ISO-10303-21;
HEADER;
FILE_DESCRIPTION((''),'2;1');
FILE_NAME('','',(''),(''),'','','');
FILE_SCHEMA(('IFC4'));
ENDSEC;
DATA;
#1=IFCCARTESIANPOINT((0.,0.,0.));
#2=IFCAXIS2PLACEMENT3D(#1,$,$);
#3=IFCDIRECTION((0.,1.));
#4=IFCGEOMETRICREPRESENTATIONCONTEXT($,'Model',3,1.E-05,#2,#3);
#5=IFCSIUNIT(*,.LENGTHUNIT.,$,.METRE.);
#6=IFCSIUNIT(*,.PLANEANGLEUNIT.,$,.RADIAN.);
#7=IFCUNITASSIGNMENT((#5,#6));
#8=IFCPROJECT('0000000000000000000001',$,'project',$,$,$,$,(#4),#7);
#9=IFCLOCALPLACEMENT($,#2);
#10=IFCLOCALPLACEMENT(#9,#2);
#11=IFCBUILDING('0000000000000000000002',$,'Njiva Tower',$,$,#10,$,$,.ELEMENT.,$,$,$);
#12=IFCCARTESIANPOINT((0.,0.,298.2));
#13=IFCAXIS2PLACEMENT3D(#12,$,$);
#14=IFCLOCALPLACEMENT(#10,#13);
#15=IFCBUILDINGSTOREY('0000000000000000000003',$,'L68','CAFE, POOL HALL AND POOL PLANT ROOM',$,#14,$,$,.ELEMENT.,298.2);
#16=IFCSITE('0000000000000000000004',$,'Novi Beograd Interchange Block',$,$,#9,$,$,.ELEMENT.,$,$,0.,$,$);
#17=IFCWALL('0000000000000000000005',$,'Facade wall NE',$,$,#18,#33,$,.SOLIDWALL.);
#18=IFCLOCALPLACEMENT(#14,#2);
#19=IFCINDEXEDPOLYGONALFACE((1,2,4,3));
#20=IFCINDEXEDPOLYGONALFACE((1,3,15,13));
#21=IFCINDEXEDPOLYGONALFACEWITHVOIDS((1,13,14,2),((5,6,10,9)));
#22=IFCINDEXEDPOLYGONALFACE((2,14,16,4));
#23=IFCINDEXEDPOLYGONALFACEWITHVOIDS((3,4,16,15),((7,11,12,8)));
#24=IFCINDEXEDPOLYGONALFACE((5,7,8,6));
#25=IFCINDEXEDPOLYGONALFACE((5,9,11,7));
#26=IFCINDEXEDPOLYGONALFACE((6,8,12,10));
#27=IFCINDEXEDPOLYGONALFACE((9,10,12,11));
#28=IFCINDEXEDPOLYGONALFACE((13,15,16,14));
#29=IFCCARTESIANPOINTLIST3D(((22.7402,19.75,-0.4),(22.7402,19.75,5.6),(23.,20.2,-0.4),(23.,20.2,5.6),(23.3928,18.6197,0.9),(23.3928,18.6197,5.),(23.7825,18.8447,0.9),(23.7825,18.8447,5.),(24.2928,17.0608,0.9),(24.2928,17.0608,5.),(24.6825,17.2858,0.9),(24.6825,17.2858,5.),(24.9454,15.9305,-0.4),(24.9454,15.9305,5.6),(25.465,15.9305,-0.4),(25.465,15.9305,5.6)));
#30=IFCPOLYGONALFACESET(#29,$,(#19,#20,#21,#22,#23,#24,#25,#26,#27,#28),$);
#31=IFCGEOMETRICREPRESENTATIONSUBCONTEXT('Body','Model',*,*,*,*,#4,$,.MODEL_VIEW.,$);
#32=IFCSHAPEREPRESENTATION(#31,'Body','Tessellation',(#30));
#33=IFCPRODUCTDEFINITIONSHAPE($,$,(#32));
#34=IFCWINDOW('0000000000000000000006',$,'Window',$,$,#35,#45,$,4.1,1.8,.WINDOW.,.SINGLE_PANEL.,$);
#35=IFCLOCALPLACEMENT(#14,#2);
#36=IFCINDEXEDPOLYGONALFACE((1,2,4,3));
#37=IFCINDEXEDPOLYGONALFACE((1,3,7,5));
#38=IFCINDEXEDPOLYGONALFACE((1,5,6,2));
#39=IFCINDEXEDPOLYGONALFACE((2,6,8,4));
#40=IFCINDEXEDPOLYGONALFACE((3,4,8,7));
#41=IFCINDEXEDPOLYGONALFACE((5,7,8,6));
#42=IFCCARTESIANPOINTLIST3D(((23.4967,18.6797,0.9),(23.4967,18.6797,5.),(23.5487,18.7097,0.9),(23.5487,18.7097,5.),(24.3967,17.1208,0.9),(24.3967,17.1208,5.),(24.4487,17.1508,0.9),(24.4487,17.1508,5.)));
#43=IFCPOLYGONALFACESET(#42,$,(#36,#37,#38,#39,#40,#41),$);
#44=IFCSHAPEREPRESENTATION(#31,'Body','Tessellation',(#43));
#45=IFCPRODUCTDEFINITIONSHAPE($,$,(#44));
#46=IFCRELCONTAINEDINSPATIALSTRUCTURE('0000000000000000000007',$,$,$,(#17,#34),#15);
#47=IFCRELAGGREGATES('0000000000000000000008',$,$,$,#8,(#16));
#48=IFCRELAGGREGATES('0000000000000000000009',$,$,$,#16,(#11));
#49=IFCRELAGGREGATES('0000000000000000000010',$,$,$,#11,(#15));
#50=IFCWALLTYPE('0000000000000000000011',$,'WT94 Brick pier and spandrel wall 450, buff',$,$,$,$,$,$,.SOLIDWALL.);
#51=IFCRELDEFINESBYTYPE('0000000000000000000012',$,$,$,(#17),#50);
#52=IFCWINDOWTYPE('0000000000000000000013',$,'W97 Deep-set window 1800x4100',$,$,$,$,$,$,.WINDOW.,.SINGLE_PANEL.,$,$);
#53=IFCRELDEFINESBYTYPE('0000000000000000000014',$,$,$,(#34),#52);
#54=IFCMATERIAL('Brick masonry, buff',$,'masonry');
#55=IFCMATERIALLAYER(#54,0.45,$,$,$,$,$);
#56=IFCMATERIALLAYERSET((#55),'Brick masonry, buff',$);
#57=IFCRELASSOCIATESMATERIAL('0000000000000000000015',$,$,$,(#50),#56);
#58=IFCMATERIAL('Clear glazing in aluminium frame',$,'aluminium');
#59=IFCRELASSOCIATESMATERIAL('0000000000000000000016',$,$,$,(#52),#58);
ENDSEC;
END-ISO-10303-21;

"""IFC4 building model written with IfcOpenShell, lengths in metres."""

from ifc_helpers import new_model, si_unit, direction, frame, frame_2d, origin, place, context, subcontext, project, spatial, polyline, rectangle, outline, extrude, material, layer, layer_set, type_object, element, fill, save


model = new_model("IFC4")

# Units and contexts
model_context = context("Model", 3, precision=1e-05, world=origin(), true_north=direction((0.0, 1.0)))
body_context = subcontext(model_context, "Body", "Model", "MODEL_VIEW")
ifc_project = project(units=[si_unit("LENGTHUNIT", "METRE"), si_unit("PLANEANGLEUNIT", "RADIAN")], contexts=[model_context])

# Site, building, storey
site_placement = place(None, origin())
site = spatial("IfcSite", under=ifc_project, at=site_placement, Name="Novi Beograd Interchange Block", CompositionType="ELEMENT", RefElevation=0.0)
building_placement = place(site_placement, origin())
building = spatial("IfcBuilding", under=site, at=building_placement, Name="Njiva Tower", CompositionType="ELEMENT")
storey_placement = place(building_placement, frame((0.0, 0.0, 298.2)))
storey = spatial("IfcBuildingStorey", under=building, at=storey_placement, Name="L68", Description="CAFE, POOL HALL AND POOL PLANT ROOM", CompositionType="ELEMENT", Elevation=298.2)

# Shared definitions
ifc_material_1 = material(Name="Clear glazing in aluminium frame", Category="aluminium")

# Wall, opening, window
ifc_material_2 = material(Name="Brick masonry, buff", Category="masonry")
ifc_layer_1 = layer(ifc_material_2, 0.45)
ifc_layer_set_1 = layer_set([ifc_layer_1], Name="Brick masonry, buff")
wall_type_1 = type_object("IfcWallType", Name="WT94 Brick pier and spandrel wall 450, buff", PredefinedType="SOLIDWALL", material=ifc_layer_set_1)
wall_1_placement = place(storey_placement, frame((25.2052, 15.9305, -0.4), z_axis=(0.0, 0.0, 1.0), x_axis=(-0.500001, 0.866025, 0.0)))
wall_1 = element("IfcWall", 1, at=wall_1_placement, inside=storey, type_object=wall_type_1, Name="Facade wall NE", PredefinedType="SOLIDWALL", context=body_context, shape_type="SweptSolid", body=[
    extrude(outline(polyline([(-0.1299, -0.225), (4.8001, -0.225), (4.5403, 0.225), (0.1299, 0.225), (-0.1299, -0.225)])), origin(), (0.0, 0.0, 1.0), 6.0),
])
opening_1_placement = place(wall_1_placement, frame((1.4351, 0.0, 1.3)))
opening_1 = element("IfcOpeningElement", 2, at=opening_1_placement, cuts=wall_1, PredefinedType="OPENING", context=body_context, shape_type="SweptSolid", body=[
    extrude(rectangle(XDim=1.8, YDim=4.1, at=frame_2d((0.9, 2.05))), frame((0.0, 0.235, 0.0), z_axis=(0.0, -1.0, 0.0), x_axis=(1.0, 0.0, 0.0)), (0.0, 0.0, 1.0), 0.47),
])
window_type_1 = type_object("IfcWindowType", Name="W97 Deep-set window 1800x4100", PartitioningType="SINGLE_PANEL", PredefinedType="WINDOW", material=ifc_material_1)
window_1_placement = place(opening_1_placement, origin())
window_1 = element("IfcWindow", 3, at=window_1_placement, inside=storey, type_object=window_type_1, Name="Window", OverallHeight=4.1, OverallWidth=1.8, PartitioningType="SINGLE_PANEL", PredefinedType="WINDOW", context=body_context, shape_type="SweptSolid", body=[
    extrude(rectangle(XDim=1.8, YDim=4.1, at=frame_2d((0.9, 2.05))), frame((0.0, 0.105, 0.0), z_axis=(0.0, -1.0, 0.0), x_axis=(1.0, 0.0, 0.0)), (0.0, 0.0, 1.0), 0.06),
])
fill(opening_1, window_1)

save(model, "model.ifc")
